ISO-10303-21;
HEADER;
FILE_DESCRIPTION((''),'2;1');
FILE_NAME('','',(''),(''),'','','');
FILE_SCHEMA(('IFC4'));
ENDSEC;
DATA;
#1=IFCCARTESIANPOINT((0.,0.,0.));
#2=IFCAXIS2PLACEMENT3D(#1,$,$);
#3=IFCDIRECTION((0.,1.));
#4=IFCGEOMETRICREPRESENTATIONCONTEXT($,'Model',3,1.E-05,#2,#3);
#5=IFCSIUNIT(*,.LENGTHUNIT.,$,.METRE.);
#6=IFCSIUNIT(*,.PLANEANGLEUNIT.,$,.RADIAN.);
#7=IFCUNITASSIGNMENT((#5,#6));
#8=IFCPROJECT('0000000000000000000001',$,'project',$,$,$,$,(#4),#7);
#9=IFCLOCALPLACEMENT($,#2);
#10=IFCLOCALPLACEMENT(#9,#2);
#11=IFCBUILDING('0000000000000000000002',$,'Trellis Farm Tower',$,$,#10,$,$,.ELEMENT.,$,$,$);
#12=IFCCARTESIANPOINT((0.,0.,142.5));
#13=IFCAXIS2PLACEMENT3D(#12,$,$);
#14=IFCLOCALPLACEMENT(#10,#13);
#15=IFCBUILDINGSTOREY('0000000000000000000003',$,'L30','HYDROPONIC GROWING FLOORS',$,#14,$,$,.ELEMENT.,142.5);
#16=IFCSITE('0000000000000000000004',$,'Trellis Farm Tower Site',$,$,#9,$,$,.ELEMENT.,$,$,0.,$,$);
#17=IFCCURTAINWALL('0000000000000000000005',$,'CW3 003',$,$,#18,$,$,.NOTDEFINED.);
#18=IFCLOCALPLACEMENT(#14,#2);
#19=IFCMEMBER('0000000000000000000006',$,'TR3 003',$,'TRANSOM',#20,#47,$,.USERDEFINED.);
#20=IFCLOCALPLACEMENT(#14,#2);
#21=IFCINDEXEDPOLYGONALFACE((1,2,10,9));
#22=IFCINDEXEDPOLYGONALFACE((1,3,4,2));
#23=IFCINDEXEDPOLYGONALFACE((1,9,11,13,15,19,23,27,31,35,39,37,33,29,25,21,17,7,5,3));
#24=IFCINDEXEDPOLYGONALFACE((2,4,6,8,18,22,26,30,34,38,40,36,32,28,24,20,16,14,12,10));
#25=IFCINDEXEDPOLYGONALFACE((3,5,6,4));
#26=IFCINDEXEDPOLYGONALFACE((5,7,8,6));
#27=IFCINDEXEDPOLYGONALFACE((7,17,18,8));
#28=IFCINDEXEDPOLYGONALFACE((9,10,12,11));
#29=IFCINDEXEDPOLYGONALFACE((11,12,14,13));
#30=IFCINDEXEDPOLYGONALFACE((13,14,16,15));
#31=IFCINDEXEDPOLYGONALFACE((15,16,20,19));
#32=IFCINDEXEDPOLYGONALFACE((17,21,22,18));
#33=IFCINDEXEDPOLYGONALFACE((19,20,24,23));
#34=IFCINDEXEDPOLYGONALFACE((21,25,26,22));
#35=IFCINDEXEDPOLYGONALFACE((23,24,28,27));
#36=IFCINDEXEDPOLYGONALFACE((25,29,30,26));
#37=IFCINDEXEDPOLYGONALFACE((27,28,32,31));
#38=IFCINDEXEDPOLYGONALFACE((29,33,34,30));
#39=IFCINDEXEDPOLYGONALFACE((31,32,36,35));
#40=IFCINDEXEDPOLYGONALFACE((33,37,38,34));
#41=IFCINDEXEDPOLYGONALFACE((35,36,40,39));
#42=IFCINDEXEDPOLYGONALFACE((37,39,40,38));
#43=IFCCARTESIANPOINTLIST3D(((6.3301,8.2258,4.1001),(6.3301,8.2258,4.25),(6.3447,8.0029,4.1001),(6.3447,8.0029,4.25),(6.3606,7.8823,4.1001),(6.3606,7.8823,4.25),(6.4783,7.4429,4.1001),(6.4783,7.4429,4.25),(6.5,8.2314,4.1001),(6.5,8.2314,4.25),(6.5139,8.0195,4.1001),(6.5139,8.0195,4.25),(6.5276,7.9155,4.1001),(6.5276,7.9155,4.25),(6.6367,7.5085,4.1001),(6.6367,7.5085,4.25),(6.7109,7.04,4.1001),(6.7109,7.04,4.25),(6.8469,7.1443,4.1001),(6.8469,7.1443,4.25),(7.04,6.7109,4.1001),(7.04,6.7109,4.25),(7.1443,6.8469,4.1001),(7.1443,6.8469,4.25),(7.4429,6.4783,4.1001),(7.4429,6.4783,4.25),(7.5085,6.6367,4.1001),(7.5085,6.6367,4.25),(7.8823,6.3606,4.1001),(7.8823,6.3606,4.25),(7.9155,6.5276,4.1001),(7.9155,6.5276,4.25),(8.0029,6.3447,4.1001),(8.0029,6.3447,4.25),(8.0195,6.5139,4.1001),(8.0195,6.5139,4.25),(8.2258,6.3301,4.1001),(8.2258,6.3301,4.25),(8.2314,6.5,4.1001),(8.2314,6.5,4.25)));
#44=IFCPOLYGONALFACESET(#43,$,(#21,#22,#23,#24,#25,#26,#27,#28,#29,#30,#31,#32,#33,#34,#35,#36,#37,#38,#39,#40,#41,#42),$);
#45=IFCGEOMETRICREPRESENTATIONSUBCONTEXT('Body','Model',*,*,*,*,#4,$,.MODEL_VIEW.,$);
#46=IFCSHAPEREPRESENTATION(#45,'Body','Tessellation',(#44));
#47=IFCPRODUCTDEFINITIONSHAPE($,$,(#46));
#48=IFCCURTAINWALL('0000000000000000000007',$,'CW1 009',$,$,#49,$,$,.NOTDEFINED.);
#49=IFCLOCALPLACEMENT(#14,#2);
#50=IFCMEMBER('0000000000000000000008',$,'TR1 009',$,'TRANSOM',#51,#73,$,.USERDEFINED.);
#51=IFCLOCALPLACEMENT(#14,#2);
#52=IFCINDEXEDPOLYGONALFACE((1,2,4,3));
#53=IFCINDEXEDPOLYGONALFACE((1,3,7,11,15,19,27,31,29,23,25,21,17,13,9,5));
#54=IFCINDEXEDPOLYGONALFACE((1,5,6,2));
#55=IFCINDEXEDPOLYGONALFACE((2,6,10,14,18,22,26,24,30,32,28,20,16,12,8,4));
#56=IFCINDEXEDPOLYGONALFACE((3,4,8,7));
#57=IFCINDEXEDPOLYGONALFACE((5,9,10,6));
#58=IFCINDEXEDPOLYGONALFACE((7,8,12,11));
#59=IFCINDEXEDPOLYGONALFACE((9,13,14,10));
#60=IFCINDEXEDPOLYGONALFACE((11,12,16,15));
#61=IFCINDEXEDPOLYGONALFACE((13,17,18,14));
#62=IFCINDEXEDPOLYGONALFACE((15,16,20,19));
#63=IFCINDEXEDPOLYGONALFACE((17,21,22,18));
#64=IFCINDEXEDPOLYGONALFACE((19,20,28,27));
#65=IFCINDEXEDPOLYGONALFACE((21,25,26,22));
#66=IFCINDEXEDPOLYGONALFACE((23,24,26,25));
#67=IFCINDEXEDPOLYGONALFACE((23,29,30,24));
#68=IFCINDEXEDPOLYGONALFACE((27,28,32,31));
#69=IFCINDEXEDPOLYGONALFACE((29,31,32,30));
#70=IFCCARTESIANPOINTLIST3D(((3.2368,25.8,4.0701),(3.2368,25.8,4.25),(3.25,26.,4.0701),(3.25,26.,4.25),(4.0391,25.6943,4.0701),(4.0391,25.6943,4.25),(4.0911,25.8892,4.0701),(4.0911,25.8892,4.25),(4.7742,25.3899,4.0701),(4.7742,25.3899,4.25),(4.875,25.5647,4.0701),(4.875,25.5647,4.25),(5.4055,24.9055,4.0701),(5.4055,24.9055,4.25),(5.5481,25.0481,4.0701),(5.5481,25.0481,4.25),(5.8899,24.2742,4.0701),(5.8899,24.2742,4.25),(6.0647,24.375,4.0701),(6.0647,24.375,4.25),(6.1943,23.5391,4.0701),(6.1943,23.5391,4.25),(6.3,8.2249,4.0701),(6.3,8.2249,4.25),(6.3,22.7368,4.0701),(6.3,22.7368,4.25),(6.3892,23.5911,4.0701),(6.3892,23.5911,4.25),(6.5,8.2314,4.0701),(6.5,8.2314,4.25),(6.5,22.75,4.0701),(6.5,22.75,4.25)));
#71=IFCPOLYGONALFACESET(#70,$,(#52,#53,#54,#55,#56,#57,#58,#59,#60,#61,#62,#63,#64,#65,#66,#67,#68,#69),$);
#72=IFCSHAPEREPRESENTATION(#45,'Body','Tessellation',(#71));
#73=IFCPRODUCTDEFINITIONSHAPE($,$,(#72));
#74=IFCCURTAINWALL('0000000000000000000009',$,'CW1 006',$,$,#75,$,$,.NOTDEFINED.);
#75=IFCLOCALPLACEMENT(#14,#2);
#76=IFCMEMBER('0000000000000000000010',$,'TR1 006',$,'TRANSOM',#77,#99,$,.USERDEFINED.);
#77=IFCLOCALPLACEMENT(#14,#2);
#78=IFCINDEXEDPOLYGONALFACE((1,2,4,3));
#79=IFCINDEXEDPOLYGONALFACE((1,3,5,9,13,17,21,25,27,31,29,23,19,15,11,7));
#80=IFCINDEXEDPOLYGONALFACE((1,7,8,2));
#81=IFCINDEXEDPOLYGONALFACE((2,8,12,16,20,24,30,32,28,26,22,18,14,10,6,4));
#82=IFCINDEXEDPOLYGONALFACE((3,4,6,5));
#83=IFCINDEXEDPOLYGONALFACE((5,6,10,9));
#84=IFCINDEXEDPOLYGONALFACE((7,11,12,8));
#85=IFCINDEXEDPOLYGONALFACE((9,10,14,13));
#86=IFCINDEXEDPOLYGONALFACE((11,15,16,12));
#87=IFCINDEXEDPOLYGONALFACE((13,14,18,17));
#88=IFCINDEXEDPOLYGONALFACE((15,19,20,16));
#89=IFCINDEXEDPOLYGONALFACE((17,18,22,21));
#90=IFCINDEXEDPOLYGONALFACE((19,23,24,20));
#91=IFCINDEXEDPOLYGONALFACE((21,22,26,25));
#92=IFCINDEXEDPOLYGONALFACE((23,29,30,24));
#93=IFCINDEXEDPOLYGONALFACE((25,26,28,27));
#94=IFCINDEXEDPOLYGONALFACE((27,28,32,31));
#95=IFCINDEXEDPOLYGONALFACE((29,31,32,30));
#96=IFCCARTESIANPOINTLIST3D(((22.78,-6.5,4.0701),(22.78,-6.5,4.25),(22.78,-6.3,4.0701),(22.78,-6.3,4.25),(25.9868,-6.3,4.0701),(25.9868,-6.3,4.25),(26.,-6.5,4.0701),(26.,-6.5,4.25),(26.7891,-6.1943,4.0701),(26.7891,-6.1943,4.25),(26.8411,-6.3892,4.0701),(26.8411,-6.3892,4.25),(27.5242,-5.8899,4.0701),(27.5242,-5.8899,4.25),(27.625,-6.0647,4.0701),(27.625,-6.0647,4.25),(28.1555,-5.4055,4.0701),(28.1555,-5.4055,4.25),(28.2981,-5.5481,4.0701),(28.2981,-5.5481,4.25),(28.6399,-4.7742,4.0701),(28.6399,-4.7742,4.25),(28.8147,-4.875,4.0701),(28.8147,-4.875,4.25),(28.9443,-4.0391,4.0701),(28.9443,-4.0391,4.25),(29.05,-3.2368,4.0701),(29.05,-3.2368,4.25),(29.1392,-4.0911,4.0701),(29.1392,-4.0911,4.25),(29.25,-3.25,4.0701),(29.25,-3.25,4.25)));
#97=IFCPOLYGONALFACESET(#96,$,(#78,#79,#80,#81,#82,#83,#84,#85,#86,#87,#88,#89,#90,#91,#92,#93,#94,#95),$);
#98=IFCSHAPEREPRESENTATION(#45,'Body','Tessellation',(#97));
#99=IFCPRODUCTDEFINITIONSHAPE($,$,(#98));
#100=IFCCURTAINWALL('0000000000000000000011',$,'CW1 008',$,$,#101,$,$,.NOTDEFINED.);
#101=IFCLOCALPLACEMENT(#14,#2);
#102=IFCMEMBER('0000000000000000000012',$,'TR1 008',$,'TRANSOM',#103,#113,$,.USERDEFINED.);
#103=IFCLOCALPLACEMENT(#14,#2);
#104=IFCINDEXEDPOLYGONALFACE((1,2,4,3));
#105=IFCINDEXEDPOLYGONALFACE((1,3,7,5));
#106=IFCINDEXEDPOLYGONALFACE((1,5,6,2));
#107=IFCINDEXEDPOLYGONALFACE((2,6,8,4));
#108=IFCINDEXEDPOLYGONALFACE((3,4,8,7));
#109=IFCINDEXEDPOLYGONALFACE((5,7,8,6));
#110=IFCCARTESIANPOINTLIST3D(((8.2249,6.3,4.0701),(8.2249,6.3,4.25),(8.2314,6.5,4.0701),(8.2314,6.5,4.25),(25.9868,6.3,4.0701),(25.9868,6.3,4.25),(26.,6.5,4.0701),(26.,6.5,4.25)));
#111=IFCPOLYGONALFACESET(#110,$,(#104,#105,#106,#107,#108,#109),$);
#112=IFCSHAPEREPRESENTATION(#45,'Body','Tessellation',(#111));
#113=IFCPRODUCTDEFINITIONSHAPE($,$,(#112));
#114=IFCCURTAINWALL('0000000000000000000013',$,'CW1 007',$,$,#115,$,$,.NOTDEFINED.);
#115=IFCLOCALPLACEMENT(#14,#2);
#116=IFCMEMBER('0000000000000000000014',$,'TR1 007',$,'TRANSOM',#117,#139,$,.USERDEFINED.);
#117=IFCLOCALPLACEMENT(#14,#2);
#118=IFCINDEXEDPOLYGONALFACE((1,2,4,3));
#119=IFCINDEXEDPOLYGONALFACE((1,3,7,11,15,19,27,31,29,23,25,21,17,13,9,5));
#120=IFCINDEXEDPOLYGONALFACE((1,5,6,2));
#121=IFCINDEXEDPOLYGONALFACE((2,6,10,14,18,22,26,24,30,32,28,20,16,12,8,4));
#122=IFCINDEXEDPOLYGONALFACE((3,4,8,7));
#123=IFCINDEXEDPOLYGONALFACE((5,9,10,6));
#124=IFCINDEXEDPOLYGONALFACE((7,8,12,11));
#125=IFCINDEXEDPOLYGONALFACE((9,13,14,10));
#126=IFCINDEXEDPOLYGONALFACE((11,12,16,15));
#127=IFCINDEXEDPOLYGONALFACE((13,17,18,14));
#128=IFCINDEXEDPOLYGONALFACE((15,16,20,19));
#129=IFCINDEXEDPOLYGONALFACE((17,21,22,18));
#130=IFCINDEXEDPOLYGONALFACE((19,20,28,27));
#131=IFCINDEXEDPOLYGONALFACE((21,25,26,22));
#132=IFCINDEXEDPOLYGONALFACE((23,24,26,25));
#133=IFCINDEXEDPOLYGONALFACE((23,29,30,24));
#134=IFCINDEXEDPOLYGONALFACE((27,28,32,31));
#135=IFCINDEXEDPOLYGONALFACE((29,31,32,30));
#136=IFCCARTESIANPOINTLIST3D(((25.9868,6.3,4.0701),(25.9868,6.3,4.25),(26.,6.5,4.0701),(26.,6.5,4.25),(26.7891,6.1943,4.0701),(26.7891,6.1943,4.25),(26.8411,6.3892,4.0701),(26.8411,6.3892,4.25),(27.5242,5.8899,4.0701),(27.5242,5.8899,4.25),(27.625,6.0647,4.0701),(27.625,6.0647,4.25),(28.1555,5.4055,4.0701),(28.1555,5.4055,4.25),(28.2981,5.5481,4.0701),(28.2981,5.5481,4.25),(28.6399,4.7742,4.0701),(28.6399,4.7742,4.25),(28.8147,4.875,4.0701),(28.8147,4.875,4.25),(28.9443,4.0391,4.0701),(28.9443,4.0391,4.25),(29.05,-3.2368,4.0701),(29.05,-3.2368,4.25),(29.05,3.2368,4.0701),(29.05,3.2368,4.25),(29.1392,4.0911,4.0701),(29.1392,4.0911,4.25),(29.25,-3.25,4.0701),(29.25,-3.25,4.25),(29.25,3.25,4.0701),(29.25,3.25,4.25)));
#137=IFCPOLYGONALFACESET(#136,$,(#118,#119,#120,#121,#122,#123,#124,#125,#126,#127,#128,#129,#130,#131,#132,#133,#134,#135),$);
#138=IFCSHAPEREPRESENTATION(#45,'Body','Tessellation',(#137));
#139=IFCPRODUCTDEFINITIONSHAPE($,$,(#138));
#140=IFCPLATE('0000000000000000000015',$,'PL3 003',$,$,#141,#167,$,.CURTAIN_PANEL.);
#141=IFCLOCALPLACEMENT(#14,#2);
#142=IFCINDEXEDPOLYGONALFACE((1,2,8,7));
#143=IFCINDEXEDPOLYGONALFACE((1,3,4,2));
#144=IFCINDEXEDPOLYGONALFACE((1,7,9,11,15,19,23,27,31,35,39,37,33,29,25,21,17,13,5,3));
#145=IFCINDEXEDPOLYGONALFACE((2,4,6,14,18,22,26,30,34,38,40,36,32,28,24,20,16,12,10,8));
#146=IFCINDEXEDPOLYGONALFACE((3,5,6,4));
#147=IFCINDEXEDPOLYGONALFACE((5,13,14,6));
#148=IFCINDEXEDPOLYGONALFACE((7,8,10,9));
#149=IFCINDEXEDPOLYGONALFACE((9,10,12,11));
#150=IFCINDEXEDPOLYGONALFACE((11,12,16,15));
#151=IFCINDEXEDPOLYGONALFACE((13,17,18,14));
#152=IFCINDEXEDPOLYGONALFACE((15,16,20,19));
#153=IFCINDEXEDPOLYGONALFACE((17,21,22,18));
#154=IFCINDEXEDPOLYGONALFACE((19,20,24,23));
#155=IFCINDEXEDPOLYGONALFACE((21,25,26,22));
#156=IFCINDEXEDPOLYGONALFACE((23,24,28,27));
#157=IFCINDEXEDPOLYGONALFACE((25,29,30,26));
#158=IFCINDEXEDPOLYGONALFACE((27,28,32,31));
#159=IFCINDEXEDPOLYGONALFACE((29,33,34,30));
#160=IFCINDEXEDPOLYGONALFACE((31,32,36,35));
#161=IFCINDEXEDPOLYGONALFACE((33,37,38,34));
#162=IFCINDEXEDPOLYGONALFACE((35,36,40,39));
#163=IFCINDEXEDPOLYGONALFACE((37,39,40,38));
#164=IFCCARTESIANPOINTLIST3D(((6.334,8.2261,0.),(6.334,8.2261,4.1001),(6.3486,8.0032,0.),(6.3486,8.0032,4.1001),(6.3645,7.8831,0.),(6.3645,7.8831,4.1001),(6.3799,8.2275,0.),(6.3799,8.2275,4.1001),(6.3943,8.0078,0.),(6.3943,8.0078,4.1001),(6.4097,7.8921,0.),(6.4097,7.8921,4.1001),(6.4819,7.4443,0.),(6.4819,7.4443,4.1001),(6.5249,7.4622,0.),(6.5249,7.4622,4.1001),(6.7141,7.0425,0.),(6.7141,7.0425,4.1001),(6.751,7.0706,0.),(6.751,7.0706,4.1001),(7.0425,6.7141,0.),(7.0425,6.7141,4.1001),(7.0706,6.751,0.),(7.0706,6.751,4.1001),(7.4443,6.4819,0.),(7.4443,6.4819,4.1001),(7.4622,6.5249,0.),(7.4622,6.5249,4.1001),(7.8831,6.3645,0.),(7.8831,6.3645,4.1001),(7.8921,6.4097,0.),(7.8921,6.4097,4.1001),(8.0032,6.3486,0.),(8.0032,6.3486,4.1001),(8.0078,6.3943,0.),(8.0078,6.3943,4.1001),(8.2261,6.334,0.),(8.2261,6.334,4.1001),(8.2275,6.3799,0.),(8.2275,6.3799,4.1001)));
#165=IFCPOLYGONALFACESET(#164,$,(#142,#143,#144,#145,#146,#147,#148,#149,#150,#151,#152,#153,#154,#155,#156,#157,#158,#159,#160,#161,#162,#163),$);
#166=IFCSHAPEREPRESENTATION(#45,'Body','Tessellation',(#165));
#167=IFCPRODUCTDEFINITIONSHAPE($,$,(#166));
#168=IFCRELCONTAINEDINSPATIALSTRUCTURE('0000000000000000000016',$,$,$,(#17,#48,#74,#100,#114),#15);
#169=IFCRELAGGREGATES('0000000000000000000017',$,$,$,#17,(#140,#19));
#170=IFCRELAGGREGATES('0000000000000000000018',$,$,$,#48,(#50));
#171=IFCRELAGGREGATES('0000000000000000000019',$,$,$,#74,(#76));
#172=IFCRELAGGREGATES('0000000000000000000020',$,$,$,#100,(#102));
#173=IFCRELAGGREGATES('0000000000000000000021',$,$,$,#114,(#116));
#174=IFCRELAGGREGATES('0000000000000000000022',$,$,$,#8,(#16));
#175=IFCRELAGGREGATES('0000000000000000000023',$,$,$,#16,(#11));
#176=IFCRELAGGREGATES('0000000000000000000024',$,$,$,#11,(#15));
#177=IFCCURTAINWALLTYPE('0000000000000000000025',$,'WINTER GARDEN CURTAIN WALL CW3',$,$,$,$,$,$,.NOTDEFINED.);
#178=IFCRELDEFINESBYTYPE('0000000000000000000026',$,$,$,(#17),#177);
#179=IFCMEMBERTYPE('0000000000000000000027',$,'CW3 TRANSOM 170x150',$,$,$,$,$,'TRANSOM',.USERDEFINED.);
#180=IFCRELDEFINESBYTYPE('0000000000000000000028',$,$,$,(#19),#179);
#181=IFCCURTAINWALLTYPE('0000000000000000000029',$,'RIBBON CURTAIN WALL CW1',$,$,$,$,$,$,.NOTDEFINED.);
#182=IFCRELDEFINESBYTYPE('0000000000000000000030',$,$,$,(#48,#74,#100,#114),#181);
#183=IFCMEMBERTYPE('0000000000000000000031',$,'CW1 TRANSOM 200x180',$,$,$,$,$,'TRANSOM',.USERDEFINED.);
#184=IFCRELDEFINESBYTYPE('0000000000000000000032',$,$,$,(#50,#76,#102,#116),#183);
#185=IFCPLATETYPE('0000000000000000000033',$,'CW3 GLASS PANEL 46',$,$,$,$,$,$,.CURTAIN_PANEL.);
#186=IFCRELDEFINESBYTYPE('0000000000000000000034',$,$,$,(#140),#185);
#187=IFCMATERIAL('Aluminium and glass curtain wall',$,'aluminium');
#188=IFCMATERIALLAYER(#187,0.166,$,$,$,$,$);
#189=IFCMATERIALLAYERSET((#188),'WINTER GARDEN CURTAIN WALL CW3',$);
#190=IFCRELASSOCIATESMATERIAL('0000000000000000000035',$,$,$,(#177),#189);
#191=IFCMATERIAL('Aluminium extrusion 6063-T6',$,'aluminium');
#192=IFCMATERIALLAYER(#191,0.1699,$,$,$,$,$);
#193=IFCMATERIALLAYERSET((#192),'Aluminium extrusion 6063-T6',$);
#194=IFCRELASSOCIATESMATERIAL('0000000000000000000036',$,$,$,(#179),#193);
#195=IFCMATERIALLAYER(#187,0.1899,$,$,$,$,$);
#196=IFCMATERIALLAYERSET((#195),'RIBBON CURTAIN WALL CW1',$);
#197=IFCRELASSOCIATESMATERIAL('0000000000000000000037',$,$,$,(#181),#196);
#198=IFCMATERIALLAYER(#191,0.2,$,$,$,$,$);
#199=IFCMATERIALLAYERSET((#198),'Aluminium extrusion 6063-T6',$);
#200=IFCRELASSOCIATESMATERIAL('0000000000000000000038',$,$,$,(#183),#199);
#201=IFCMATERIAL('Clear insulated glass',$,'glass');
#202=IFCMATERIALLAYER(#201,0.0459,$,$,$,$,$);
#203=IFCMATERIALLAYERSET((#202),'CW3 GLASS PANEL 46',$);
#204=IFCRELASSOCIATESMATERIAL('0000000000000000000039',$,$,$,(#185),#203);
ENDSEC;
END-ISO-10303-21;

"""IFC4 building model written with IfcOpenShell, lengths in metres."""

from ifc_helpers import new_model, si_unit, direction, frame, origin, place, context, subcontext, project, spatial, polyline, outline, extrude, source, transform, mapped, material, layer, layer_set, type_object, element, aggregate, save


model = new_model("IFC4")

# Units and contexts
model_context = context("Model", 3, precision=1e-05, world=origin(), true_north=direction((0.0, 1.0)))
body_context = subcontext(model_context, "Body", "Model", "MODEL_VIEW")
ifc_project = project(units=[si_unit("LENGTHUNIT", "METRE"), si_unit("PLANEANGLEUNIT", "RADIAN")], contexts=[model_context])

# Site, building, storey
site_placement = place(None, origin())
site = spatial("IfcSite", under=ifc_project, at=site_placement, Name="Trellis Farm Tower Site", CompositionType="ELEMENT", RefElevation=0.0)
building_placement = place(site_placement, origin())
building = spatial("IfcBuilding", under=site, at=building_placement, Name="Trellis Farm Tower", CompositionType="ELEMENT")
storey_placement = place(building_placement, frame((0.0, 0.0, 142.5)))
storey = spatial("IfcBuildingStorey", under=building, at=storey_placement, Name="L30", Description="HYDROPONIC GROWING FLOORS", CompositionType="ELEMENT", Elevation=142.5)

# Curtain walls, members
ifc_material_1 = material(Name="Aluminium and glass curtain wall", Category="aluminium")
ifc_layer_1 = layer(ifc_material_1, 0.166)
ifc_layer_set_1 = layer_set([ifc_layer_1], Name="WINTER GARDEN CURTAIN WALL CW3")
curtain_wall_type_1 = type_object("IfcCurtainWallType", Name="WINTER GARDEN CURTAIN WALL CW3", PredefinedType="NOTDEFINED", material=ifc_layer_set_1)
placement_1 = place(storey_placement, origin())
curtain_wall_1 = element("IfcCurtainWall", 1, at=placement_1, inside=storey, type_object=curtain_wall_type_1, Name="CW3 003", PredefinedType="NOTDEFINED")
ifc_material_2 = material(Name="Aluminium extrusion 6063-T6", Category="aluminium")
ifc_layer_2 = layer(ifc_material_2, 0.1699)
ifc_layer_set_2 = layer_set([ifc_layer_2], Name="Aluminium extrusion 6063-T6")
member_type_1 = type_object("IfcMemberType", Name="CW3 TRANSOM 170x150", ElementType="TRANSOM", PredefinedType="USERDEFINED", material=ifc_layer_set_2)
shared_shape_1 = source(origin(), body_context, "Body", "SweptSolid", [
    extrude(outline(polyline([(8.2314, 6.5), (8.0195, 6.5139), (7.9155, 6.5276), (7.5085, 6.6367), (7.1443, 6.8469), (6.8469, 7.1443), (6.6367, 7.5085), (6.5276, 7.9155), (6.5139, 8.0195), (6.5, 8.2314), (6.3301, 8.2258), (6.3447, 8.0029), (6.3606, 7.8823), (6.4783, 7.4429), (6.7109, 7.04), (7.04, 6.7109), (7.4429, 6.4783), (7.8823, 6.3606), (8.0029, 6.3447), (8.2258, 6.3301), (8.2314, 6.5)])), origin(), (0.0, 0.0, 1.0), 0.1499),
])
member_1_placement = place(storey_placement, frame((0.0, 0.0, 4.1001)))
member_1 = element("IfcMember", 2, at=member_1_placement, type_object=member_type_1, Name="TR3 003", ObjectType="TRANSOM", PredefinedType="USERDEFINED", context=body_context, shape_type="MappedRepresentation", body=[
    mapped(shared_shape_1, transform((0.0, 0.0, 0.0))),
])
ifc_layer_3 = layer(ifc_material_1, 0.1899)
ifc_layer_set_3 = layer_set([ifc_layer_3], Name="RIBBON CURTAIN WALL CW1")
curtain_wall_type_2 = type_object("IfcCurtainWallType", Name="RIBBON CURTAIN WALL CW1", PredefinedType="NOTDEFINED", material=ifc_layer_set_3)
curtain_wall_2 = element("IfcCurtainWall", 3, at=placement_1, inside=storey, type_object=curtain_wall_type_2, Name="CW1 009", PredefinedType="NOTDEFINED")
ifc_layer_4 = layer(ifc_material_2, 0.2)
ifc_layer_set_4 = layer_set([ifc_layer_4], Name="Aluminium extrusion 6063-T6")
member_type_2 = type_object("IfcMemberType", Name="CW1 TRANSOM 200x180", ElementType="TRANSOM", PredefinedType="USERDEFINED", material=ifc_layer_set_4)
shared_shape_2 = source(origin(), body_context, "Body", "SweptSolid", [
    extrude(outline(polyline([(6.5, 8.2314), (6.5, 22.75), (6.3892, 23.5911), (6.0647, 24.375), (5.5481, 25.0481), (4.875, 25.5647), (4.0911, 25.8892), (3.25, 26.0), (3.2368, 25.8), (4.0391, 25.6943), (4.7742, 25.3899), (5.4055, 24.9055), (5.8899, 24.2742), (6.1943, 23.5391), (6.3, 22.7368), (6.3, 8.2249), (6.5, 8.2314)])), origin(), (0.0, 0.0, 1.0), 0.1799),
])
placement_2 = place(storey_placement, frame((0.0, 0.0, 4.0701)))
member_2 = element("IfcMember", 4, at=placement_2, type_object=member_type_2, Name="TR1 009", ObjectType="TRANSOM", PredefinedType="USERDEFINED", context=body_context, shape_type="MappedRepresentation", body=[
    mapped(shared_shape_2, transform((0.0, 0.0, 0.0))),
])
curtain_wall_3 = element("IfcCurtainWall", 5, at=placement_1, inside=storey, type_object=curtain_wall_type_2, Name="CW1 006", PredefinedType="NOTDEFINED")
shared_shape_3 = source(origin(), body_context, "Body", "SweptSolid", [
    extrude(outline(polyline([(22.78, -6.5), (26.0, -6.5), (26.8411, -6.3892), (27.625, -6.0647), (28.2981, -5.5481), (28.8147, -4.875), (29.1392, -4.0911), (29.25, -3.25), (29.05, -3.2368), (28.9443, -4.0391), (28.6399, -4.7742), (28.1555, -5.4055), (27.5242, -5.8899), (26.7891, -6.1943), (25.9868, -6.3), (22.78, -6.3), (22.78, -6.5)])), origin(), (0.0, 0.0, 1.0), 0.1799),
])
member_3 = element("IfcMember", 6, at=placement_2, type_object=member_type_2, Name="TR1 006", ObjectType="TRANSOM", PredefinedType="USERDEFINED", context=body_context, shape_type="MappedRepresentation", body=[
    mapped(shared_shape_3, transform((0.0, 0.0, 0.0))),
])
curtain_wall_4 = element("IfcCurtainWall", 7, at=placement_1, inside=storey, type_object=curtain_wall_type_2, Name="CW1 008", PredefinedType="NOTDEFINED")
shared_shape_4 = source(origin(), body_context, "Body", "SweptSolid", [
    extrude(outline(polyline([(26.0, 6.5), (8.2314, 6.5), (8.2249, 6.3), (25.9868, 6.3), (26.0, 6.5)])), origin(), (0.0, 0.0, 1.0), 0.1799),
])
member_4 = element("IfcMember", 8, at=placement_2, type_object=member_type_2, Name="TR1 008", ObjectType="TRANSOM", PredefinedType="USERDEFINED", context=body_context, shape_type="MappedRepresentation", body=[
    mapped(shared_shape_4, transform((0.0, 0.0, 0.0))),
])
curtain_wall_5 = element("IfcCurtainWall", 9, at=placement_1, inside=storey, type_object=curtain_wall_type_2, Name="CW1 007", PredefinedType="NOTDEFINED")
shared_shape_5 = source(origin(), body_context, "Body", "SweptSolid", [
    extrude(outline(polyline([(29.25, -3.25), (29.25, 3.25), (29.1392, 4.0911), (28.8147, 4.875), (28.2981, 5.5481), (27.625, 6.0647), (26.8411, 6.3892), (26.0, 6.5), (25.9868, 6.3), (26.7891, 6.1943), (27.5242, 5.8899), (28.1555, 5.4055), (28.6399, 4.7742), (28.9443, 4.0391), (29.05, 3.2368), (29.05, -3.2368), (29.25, -3.25)])), origin(), (0.0, 0.0, 1.0), 0.1799),
])
member_5 = element("IfcMember", 10, at=placement_2, type_object=member_type_2, Name="TR1 007", ObjectType="TRANSOM", PredefinedType="USERDEFINED", context=body_context, shape_type="MappedRepresentation", body=[
    mapped(shared_shape_5, transform((0.0, 0.0, 0.0))),
])

# Plate
ifc_material_3 = material(Name="Clear insulated glass", Category="glass")
ifc_layer_5 = layer(ifc_material_3, 0.0459)
ifc_layer_set_5 = layer_set([ifc_layer_5], Name="CW3 GLASS PANEL 46")
plate_type_1 = type_object("IfcPlateType", Name="CW3 GLASS PANEL 46", PredefinedType="CURTAIN_PANEL", material=ifc_layer_set_5)
shared_shape_6 = source(origin(), body_context, "Body", "SweptSolid", [
    extrude(outline(polyline([(8.2275, 6.3799), (8.0078, 6.3943), (7.8921, 6.4097), (7.4622, 6.5249), (7.0706, 6.751), (6.751, 7.0706), (6.5249, 7.4622), (6.4097, 7.8921), (6.3943, 8.0078), (6.3799, 8.2275), (6.334, 8.2261), (6.3486, 8.0032), (6.3645, 7.8831), (6.4819, 7.4443), (6.7141, 7.0425), (7.0425, 6.7141), (7.4443, 6.4819), (7.8831, 6.3645), (8.0032, 6.3486), (8.2261, 6.334), (8.2275, 6.3799)])), origin(), (0.0, 0.0, 1.0), 4.1001),
])
plate_1 = element("IfcPlate", 11, at=placement_1, type_object=plate_type_1, Name="PL3 003", PredefinedType="CURTAIN_PANEL", context=body_context, shape_type="MappedRepresentation", body=[
    mapped(shared_shape_6, transform((0.0, 0.0, 0.0))),
])
aggregate(curtain_wall_1, [plate_1, member_1])
aggregate(curtain_wall_2, [member_2])

aggregate(curtain_wall_3, [member_3])
aggregate(curtain_wall_4, [member_4])
aggregate(curtain_wall_5, [member_5])

save(model, "model.ifc")
